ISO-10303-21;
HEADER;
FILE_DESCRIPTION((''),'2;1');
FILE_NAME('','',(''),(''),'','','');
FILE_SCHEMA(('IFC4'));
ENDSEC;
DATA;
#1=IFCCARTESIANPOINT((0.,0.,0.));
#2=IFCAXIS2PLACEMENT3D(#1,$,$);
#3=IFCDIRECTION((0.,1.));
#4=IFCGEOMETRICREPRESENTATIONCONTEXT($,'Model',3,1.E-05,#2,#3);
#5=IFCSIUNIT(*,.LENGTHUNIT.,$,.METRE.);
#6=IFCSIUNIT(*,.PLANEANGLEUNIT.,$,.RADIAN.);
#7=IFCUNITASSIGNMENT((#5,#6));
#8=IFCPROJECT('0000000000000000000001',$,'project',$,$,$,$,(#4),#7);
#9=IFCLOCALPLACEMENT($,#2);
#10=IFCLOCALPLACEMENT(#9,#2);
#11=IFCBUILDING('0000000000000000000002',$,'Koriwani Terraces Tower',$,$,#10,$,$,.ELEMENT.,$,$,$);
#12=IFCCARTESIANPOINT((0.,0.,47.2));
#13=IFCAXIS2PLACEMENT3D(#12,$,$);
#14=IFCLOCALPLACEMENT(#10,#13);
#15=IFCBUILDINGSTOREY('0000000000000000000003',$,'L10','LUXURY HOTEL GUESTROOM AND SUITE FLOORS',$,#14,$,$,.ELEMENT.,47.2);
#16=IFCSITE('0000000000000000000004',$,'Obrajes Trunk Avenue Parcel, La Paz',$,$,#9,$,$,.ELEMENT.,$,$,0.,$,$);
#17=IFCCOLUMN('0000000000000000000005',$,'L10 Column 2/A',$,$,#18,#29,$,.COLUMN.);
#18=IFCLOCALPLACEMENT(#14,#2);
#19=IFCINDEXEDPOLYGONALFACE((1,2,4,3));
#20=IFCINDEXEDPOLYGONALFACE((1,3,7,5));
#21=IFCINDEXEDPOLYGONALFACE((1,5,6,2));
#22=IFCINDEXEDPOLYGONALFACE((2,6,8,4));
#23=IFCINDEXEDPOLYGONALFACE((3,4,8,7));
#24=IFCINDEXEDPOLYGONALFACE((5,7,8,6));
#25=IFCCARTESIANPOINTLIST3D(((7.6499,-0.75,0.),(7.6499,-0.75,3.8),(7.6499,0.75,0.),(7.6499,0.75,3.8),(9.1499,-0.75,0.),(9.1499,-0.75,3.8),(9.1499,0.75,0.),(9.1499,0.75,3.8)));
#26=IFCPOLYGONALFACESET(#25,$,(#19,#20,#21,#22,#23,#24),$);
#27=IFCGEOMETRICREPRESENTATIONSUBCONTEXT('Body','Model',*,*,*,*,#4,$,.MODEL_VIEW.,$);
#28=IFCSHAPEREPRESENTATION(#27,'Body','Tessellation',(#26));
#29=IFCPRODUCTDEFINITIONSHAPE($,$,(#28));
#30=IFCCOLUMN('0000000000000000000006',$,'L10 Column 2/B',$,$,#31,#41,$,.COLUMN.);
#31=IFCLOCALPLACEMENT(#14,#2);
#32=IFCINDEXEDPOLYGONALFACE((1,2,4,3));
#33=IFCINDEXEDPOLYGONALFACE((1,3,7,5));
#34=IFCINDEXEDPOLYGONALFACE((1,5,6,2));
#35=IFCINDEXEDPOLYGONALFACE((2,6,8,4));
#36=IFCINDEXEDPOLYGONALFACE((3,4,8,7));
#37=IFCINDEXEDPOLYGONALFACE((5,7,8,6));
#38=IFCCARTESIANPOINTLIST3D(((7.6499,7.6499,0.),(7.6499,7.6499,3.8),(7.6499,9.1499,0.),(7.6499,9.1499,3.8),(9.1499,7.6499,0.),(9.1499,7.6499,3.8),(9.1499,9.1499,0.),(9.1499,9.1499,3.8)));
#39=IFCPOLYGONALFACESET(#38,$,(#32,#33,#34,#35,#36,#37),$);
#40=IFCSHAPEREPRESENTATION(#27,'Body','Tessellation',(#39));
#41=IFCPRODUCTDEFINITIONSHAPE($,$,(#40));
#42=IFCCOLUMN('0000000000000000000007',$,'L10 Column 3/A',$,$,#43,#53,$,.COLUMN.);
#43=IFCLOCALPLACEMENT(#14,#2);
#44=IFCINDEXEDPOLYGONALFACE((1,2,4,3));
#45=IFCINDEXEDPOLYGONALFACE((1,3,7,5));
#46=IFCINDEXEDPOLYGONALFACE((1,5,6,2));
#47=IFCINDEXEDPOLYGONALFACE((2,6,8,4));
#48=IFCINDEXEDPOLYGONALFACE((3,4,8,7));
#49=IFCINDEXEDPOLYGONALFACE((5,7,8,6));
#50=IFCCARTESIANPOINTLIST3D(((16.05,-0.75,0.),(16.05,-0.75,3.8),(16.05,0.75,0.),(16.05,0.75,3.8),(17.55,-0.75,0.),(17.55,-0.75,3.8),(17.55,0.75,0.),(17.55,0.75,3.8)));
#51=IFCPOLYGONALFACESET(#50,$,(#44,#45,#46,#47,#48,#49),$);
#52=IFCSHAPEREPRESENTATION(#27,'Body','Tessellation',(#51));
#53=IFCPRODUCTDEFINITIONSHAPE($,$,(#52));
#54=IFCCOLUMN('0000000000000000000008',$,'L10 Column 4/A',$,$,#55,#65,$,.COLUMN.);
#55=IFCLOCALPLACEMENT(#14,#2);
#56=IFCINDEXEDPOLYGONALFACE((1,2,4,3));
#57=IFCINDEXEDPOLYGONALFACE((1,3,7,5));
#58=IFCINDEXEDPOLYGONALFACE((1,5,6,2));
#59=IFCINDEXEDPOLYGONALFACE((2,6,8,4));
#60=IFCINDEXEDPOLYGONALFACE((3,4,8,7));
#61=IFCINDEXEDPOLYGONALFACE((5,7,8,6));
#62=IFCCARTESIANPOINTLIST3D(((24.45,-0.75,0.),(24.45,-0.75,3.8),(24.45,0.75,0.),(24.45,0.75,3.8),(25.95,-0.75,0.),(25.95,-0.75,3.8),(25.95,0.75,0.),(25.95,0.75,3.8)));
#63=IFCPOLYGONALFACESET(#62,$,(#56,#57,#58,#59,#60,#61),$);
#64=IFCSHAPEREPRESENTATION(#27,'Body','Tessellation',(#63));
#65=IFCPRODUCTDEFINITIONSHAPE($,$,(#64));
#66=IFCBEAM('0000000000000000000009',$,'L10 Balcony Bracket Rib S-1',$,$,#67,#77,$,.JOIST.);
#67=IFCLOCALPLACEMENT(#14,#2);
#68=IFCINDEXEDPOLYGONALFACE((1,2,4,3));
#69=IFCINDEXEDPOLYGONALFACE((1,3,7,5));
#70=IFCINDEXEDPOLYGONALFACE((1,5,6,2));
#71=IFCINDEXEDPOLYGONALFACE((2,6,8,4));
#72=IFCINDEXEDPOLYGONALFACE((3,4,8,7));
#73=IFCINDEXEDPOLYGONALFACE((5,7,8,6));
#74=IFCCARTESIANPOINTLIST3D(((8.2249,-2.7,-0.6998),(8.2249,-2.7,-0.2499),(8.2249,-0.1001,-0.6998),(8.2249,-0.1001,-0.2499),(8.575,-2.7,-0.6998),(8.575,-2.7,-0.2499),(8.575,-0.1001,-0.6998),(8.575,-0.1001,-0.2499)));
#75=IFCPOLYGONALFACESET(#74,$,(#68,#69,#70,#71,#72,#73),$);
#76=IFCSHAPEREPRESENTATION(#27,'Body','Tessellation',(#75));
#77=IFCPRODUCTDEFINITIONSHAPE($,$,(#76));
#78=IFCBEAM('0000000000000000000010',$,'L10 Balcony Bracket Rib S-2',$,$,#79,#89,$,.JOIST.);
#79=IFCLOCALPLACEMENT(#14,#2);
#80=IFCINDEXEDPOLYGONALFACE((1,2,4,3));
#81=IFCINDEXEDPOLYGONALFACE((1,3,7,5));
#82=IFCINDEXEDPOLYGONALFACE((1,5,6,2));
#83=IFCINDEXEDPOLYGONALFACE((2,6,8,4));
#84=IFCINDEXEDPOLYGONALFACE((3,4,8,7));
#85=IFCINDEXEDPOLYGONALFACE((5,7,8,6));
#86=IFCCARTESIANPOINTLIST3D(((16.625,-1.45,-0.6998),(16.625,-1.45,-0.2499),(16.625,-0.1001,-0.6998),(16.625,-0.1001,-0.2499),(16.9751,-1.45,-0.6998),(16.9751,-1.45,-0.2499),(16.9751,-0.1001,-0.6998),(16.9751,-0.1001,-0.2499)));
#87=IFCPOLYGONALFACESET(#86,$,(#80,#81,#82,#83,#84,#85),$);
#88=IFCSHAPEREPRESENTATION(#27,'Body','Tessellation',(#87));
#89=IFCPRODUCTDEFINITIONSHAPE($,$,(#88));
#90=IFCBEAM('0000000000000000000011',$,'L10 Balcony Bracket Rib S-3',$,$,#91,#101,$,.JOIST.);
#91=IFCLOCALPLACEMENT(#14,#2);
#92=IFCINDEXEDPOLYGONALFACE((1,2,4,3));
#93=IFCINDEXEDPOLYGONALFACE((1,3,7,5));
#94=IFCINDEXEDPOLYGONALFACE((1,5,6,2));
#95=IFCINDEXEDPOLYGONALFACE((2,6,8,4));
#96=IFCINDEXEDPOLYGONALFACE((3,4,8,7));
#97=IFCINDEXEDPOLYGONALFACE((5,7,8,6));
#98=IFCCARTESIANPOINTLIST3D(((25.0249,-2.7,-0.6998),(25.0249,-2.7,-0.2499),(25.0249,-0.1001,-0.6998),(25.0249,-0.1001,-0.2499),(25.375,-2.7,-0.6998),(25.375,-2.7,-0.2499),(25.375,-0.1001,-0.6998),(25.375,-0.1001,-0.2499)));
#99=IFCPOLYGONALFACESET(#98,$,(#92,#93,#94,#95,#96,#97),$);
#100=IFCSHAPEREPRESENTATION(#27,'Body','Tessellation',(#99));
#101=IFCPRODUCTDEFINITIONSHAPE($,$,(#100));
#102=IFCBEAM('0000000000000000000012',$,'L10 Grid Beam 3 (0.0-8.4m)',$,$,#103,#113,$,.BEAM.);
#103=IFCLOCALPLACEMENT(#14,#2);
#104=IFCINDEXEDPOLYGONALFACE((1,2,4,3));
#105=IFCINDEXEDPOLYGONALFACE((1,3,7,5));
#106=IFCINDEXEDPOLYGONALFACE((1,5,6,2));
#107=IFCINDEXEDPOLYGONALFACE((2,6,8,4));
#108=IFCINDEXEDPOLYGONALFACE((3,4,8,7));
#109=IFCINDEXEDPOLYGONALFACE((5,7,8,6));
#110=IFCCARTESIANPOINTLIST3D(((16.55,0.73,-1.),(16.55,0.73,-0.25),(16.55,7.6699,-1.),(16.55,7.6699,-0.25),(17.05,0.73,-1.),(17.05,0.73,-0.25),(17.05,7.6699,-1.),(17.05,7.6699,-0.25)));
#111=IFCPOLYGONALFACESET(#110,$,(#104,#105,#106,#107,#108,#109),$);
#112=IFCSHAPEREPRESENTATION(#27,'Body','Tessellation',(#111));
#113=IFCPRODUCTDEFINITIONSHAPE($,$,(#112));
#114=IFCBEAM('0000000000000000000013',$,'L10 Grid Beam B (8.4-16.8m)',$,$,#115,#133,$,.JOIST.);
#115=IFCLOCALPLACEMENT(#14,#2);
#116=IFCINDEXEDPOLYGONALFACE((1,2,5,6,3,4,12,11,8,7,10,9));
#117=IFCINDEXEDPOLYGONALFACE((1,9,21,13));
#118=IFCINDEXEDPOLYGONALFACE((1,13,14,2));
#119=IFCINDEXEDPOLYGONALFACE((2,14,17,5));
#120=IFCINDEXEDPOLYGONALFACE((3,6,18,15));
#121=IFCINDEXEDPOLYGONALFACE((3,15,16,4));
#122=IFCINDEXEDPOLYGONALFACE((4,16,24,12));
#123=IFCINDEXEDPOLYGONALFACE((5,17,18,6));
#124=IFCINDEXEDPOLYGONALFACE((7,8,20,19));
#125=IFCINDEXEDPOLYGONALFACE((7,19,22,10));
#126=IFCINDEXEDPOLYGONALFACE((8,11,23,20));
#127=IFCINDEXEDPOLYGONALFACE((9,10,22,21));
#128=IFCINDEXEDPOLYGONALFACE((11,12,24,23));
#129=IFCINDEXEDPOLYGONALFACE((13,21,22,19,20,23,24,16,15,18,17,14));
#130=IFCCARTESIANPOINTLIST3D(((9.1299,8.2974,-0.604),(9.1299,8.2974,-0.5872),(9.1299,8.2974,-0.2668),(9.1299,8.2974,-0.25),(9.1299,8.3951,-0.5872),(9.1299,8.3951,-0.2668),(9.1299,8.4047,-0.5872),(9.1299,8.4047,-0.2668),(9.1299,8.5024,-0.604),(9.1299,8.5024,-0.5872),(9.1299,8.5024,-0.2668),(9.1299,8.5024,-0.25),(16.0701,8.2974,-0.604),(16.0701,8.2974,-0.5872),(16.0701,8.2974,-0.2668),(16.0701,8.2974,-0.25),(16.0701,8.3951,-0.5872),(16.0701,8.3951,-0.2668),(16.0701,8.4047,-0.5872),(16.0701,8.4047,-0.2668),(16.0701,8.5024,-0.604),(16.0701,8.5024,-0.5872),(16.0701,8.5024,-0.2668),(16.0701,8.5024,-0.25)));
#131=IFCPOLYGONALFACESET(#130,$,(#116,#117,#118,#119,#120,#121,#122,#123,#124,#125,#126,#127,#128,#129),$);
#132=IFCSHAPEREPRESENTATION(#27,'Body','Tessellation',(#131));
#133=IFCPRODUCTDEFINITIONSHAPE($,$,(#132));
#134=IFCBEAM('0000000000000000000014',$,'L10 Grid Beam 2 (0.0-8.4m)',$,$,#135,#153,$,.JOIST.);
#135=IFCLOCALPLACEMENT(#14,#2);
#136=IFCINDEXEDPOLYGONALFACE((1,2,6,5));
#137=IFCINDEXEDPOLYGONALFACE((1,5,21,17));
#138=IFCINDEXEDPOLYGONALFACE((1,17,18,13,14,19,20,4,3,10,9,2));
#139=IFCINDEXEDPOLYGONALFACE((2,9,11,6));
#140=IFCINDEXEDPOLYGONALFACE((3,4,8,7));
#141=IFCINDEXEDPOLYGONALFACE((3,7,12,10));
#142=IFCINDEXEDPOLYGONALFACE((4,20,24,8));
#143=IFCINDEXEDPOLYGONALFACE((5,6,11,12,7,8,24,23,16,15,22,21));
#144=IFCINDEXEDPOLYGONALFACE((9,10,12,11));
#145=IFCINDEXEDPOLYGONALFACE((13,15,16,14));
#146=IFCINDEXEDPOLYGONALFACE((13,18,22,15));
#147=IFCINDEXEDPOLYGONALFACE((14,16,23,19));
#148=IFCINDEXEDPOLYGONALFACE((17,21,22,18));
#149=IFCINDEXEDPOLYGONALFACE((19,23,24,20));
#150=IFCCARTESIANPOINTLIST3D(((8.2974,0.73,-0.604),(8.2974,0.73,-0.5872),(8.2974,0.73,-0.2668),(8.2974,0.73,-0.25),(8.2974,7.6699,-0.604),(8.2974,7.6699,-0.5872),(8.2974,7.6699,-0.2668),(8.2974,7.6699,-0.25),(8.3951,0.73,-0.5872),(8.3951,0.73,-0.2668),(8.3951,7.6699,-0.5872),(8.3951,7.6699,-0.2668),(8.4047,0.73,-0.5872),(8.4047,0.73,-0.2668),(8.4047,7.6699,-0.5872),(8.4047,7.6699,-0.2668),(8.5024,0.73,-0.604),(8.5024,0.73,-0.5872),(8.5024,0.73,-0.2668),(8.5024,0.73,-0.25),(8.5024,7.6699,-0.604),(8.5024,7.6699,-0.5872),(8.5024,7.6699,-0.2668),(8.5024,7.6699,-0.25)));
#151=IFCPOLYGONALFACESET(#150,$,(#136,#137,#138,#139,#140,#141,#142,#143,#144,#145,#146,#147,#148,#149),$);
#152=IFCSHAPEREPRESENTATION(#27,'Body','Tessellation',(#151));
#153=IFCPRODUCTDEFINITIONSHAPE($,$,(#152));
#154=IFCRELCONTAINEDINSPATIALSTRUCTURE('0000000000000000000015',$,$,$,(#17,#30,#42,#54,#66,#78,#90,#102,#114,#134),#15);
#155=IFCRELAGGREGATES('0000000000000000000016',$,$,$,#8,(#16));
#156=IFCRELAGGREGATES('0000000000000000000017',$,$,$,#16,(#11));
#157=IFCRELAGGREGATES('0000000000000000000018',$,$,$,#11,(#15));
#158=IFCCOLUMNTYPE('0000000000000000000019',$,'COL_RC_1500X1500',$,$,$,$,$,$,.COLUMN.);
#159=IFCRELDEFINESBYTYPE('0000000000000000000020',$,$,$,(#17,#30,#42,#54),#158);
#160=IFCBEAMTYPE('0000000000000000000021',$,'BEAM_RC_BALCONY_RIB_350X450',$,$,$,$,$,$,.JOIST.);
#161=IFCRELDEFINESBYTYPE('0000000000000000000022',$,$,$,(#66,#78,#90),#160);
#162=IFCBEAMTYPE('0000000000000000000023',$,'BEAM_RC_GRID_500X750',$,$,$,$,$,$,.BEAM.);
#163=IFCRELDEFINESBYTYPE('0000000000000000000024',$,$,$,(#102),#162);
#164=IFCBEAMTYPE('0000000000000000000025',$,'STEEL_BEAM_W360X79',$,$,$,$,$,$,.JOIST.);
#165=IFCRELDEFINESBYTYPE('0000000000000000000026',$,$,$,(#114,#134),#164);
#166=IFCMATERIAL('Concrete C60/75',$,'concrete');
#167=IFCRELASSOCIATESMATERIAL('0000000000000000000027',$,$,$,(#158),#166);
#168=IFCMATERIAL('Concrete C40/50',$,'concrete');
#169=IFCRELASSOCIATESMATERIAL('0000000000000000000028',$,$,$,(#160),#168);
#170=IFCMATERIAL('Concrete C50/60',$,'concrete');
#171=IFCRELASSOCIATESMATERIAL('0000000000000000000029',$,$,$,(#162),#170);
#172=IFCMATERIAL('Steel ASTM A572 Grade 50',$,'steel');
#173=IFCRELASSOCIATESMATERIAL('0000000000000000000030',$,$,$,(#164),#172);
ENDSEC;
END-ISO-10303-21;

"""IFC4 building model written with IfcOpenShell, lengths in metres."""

from ifc_helpers import new_model, si_unit, direction, frame, origin, origin_2d, place, context, subcontext, project, spatial, rectangle, i_section, extrude, material, material_profile, profile_set, type_object, element, save


model = new_model("IFC4")

# Units and contexts
model_context = context("Model", 3, precision=1e-05, world=origin(), true_north=direction((0.0, 1.0)))
body_context = subcontext(model_context, "Body", "Model", "MODEL_VIEW")
ifc_project = project(units=[si_unit("LENGTHUNIT", "METRE"), si_unit("PLANEANGLEUNIT", "RADIAN")], contexts=[model_context])

# Site, building, storey
site_placement = place(None, origin())
site = spatial("IfcSite", under=ifc_project, at=site_placement, Name="Obrajes Trunk Avenue Parcel, La Paz", CompositionType="ELEMENT", RefElevation=0.0)
building_placement = place(site_placement, origin())
building = spatial("IfcBuilding", under=site, at=building_placement, Name="Koriwani Terraces Tower", CompositionType="ELEMENT")
storey_placement = place(building_placement, frame((0.0, 0.0, 47.2)))
storey = spatial("IfcBuildingStorey", under=building, at=storey_placement, Name="L10", Description="LUXURY HOTEL GUESTROOM AND SUITE FLOORS", CompositionType="ELEMENT", Elevation=47.2)

# Columns
ifc_material_1 = material(Name="Concrete C60/75", Category="concrete")
ifc_material_profile_1 = material_profile(ifc_material_1, rectangle(XDim=1.5, YDim=1.5, at=origin_2d()), Name="Concrete C60/75", Category="LoadBearing")
ifc_profile_set_1 = profile_set([ifc_material_profile_1], Name="Concrete C60/75")
column_type = type_object("IfcColumnType", Name="COL_RC_1500X1500", PredefinedType="COLUMN", material=ifc_profile_set_1)
for number, where, z_axis, x_axis, name in (
    (1, (8.3999, 0.0, 0.0), (0.0, 0.0, 1.0), (1.0, 0.0, 0.0), "L10 Column 2/A"),
    (2, (8.3999, 8.3999, 0.0), (0.0, 0.0, 1.0), (1.0, 0.0, 0.0), "L10 Column 2/B"),
    (3, (16.8, 0.0, 0.0), (0.0, 0.0, 1.0), (1.0, 0.0, 0.0), "L10 Column 3/A"),
    (4, (25.2, 0.0, 0.0), (0.0, 0.0, 1.0), (1.0, 0.0, 0.0), "L10 Column 4/A"),
):
    element("IfcColumn", number, at=place(storey_placement, frame(where, z_axis=z_axis, x_axis=x_axis)), inside=storey, type_object=column_type, Name=name, PredefinedType="COLUMN", context=body_context, shape_type="SweptSolid", body=[
        extrude(rectangle(XDim=1.5, YDim=1.5, at=origin_2d()), origin(), (0.0, 0.0, 1.0), 3.8),
    ])

# Beams
ifc_material_2 = material(Name="Concrete C40/50", Category="concrete")
ifc_material_profile_2 = material_profile(ifc_material_2, rectangle(XDim=0.3501, YDim=0.45, at=origin_2d()), Name="Concrete C40/50", Category="LoadBearing")
ifc_profile_set_2 = profile_set([ifc_material_profile_2], Name="Concrete C40/50")
beam_type_1 = type_object("IfcBeamType", Name="BEAM_RC_BALCONY_RIB_350X450", PredefinedType="JOIST", material=ifc_profile_set_2)
beam_1_placement = place(storey_placement, frame((8.3999, -2.7, -0.4749), z_axis=(0.0, 1.0, 0.0), x_axis=(-1.0, 0.0, 0.0)))
element("IfcBeam", 5, at=beam_1_placement, inside=storey, type_object=beam_type_1, Name="L10 Balcony Bracket Rib S-1", PredefinedType="JOIST", context=body_context, shape_type="SweptSolid", body=[
    extrude(rectangle(XDim=0.3501, YDim=0.45, at=origin_2d()), origin(), (0.0, 0.0, 1.0), 2.5999),
])
beam_2_placement = place(storey_placement, frame((16.8, -1.45, -0.4749), z_axis=(0.0, 1.0, 0.0), x_axis=(-1.0, 0.0, 0.0)))
element("IfcBeam", 6, at=beam_2_placement, inside=storey, type_object=beam_type_1, Name="L10 Balcony Bracket Rib S-2", PredefinedType="JOIST", context=body_context, shape_type="SweptSolid", body=[
    extrude(rectangle(XDim=0.3501, YDim=0.45, at=origin_2d()), origin(), (0.0, 0.0, 1.0), 1.3499),
])
beam_3_placement = place(storey_placement, frame((25.2, -2.7, -0.4749), z_axis=(0.0, 1.0, 0.0), x_axis=(-1.0, 0.0, 0.0)))
element("IfcBeam", 7, at=beam_3_placement, inside=storey, type_object=beam_type_1, Name="L10 Balcony Bracket Rib S-3", PredefinedType="JOIST", context=body_context, shape_type="SweptSolid", body=[
    extrude(rectangle(XDim=0.3501, YDim=0.45, at=origin_2d()), origin(), (0.0, 0.0, 1.0), 2.5999),
])
ifc_material_3 = material(Name="Concrete C50/60", Category="concrete")
ifc_material_profile_3 = material_profile(ifc_material_3, rectangle(XDim=0.5, YDim=0.75, at=origin_2d()), Name="Concrete C50/60", Category="LoadBearing")
ifc_profile_set_3 = profile_set([ifc_material_profile_3], Name="Concrete C50/60")
beam_type_2 = type_object("IfcBeamType", Name="BEAM_RC_GRID_500X750", PredefinedType="BEAM", material=ifc_profile_set_3)
beam_4_placement = place(storey_placement, frame((16.8, 0.73, -0.625), z_axis=(0.0, 1.0, 0.0), x_axis=(-1.0, 0.0, 0.0)))
element("IfcBeam", 8, at=beam_4_placement, inside=storey, type_object=beam_type_2, Name="L10 Grid Beam 3 (0.0-8.4m)", PredefinedType="BEAM", context=body_context, shape_type="SweptSolid", body=[
    extrude(rectangle(XDim=0.5, YDim=0.75, at=origin_2d()), origin(), (0.0, 0.0, 1.0), 6.9399),
])
ifc_material_4 = material(Name="Steel ASTM A572 Grade 50", Category="steel")
ifc_material_profile_4 = material_profile(ifc_material_4, i_section(OverallWidth=0.2051, OverallDepth=0.354, WebThickness=0.0095, FlangeThickness=0.0168, at=origin_2d()), Name="Steel ASTM A572 Grade 50", Category="LoadBearing")
ifc_profile_set_4 = profile_set([ifc_material_profile_4], Name="Steel ASTM A572 Grade 50")
beam_type_3 = type_object("IfcBeamType", Name="STEEL_BEAM_W360X79", PredefinedType="JOIST", material=ifc_profile_set_4)
beam_5_placement = place(storey_placement, frame((9.1299, 8.3999, -0.427), z_axis=(1.0, 0.0, 0.0), x_axis=(0.0, 1.0, 0.0)))
element("IfcBeam", 9, at=beam_5_placement, inside=storey, type_object=beam_type_3, Name="L10 Grid Beam B (8.4-16.8m)", PredefinedType="JOIST", context=body_context, shape_type="SweptSolid", body=[
    extrude(i_section(OverallWidth=0.2051, OverallDepth=0.354, WebThickness=0.0095, FlangeThickness=0.0168, at=origin_2d()), origin(), (0.0, 0.0, 1.0), 6.9402),
])
beam_6_placement = place(storey_placement, frame((8.3999, 0.73, -0.427), z_axis=(0.0, 1.0, 0.0), x_axis=(-1.0, 0.0, 0.0)))
element("IfcBeam", 10, at=beam_6_placement, inside=storey, type_object=beam_type_3, Name="L10 Grid Beam 2 (0.0-8.4m)", PredefinedType="JOIST", context=body_context, shape_type="SweptSolid", body=[
    extrude(i_section(OverallWidth=0.2051, OverallDepth=0.354, WebThickness=0.0095, FlangeThickness=0.0168, at=origin_2d()), origin(), (0.0, 0.0, 1.0), 6.9399),
])

save(model, "model.ifc")
